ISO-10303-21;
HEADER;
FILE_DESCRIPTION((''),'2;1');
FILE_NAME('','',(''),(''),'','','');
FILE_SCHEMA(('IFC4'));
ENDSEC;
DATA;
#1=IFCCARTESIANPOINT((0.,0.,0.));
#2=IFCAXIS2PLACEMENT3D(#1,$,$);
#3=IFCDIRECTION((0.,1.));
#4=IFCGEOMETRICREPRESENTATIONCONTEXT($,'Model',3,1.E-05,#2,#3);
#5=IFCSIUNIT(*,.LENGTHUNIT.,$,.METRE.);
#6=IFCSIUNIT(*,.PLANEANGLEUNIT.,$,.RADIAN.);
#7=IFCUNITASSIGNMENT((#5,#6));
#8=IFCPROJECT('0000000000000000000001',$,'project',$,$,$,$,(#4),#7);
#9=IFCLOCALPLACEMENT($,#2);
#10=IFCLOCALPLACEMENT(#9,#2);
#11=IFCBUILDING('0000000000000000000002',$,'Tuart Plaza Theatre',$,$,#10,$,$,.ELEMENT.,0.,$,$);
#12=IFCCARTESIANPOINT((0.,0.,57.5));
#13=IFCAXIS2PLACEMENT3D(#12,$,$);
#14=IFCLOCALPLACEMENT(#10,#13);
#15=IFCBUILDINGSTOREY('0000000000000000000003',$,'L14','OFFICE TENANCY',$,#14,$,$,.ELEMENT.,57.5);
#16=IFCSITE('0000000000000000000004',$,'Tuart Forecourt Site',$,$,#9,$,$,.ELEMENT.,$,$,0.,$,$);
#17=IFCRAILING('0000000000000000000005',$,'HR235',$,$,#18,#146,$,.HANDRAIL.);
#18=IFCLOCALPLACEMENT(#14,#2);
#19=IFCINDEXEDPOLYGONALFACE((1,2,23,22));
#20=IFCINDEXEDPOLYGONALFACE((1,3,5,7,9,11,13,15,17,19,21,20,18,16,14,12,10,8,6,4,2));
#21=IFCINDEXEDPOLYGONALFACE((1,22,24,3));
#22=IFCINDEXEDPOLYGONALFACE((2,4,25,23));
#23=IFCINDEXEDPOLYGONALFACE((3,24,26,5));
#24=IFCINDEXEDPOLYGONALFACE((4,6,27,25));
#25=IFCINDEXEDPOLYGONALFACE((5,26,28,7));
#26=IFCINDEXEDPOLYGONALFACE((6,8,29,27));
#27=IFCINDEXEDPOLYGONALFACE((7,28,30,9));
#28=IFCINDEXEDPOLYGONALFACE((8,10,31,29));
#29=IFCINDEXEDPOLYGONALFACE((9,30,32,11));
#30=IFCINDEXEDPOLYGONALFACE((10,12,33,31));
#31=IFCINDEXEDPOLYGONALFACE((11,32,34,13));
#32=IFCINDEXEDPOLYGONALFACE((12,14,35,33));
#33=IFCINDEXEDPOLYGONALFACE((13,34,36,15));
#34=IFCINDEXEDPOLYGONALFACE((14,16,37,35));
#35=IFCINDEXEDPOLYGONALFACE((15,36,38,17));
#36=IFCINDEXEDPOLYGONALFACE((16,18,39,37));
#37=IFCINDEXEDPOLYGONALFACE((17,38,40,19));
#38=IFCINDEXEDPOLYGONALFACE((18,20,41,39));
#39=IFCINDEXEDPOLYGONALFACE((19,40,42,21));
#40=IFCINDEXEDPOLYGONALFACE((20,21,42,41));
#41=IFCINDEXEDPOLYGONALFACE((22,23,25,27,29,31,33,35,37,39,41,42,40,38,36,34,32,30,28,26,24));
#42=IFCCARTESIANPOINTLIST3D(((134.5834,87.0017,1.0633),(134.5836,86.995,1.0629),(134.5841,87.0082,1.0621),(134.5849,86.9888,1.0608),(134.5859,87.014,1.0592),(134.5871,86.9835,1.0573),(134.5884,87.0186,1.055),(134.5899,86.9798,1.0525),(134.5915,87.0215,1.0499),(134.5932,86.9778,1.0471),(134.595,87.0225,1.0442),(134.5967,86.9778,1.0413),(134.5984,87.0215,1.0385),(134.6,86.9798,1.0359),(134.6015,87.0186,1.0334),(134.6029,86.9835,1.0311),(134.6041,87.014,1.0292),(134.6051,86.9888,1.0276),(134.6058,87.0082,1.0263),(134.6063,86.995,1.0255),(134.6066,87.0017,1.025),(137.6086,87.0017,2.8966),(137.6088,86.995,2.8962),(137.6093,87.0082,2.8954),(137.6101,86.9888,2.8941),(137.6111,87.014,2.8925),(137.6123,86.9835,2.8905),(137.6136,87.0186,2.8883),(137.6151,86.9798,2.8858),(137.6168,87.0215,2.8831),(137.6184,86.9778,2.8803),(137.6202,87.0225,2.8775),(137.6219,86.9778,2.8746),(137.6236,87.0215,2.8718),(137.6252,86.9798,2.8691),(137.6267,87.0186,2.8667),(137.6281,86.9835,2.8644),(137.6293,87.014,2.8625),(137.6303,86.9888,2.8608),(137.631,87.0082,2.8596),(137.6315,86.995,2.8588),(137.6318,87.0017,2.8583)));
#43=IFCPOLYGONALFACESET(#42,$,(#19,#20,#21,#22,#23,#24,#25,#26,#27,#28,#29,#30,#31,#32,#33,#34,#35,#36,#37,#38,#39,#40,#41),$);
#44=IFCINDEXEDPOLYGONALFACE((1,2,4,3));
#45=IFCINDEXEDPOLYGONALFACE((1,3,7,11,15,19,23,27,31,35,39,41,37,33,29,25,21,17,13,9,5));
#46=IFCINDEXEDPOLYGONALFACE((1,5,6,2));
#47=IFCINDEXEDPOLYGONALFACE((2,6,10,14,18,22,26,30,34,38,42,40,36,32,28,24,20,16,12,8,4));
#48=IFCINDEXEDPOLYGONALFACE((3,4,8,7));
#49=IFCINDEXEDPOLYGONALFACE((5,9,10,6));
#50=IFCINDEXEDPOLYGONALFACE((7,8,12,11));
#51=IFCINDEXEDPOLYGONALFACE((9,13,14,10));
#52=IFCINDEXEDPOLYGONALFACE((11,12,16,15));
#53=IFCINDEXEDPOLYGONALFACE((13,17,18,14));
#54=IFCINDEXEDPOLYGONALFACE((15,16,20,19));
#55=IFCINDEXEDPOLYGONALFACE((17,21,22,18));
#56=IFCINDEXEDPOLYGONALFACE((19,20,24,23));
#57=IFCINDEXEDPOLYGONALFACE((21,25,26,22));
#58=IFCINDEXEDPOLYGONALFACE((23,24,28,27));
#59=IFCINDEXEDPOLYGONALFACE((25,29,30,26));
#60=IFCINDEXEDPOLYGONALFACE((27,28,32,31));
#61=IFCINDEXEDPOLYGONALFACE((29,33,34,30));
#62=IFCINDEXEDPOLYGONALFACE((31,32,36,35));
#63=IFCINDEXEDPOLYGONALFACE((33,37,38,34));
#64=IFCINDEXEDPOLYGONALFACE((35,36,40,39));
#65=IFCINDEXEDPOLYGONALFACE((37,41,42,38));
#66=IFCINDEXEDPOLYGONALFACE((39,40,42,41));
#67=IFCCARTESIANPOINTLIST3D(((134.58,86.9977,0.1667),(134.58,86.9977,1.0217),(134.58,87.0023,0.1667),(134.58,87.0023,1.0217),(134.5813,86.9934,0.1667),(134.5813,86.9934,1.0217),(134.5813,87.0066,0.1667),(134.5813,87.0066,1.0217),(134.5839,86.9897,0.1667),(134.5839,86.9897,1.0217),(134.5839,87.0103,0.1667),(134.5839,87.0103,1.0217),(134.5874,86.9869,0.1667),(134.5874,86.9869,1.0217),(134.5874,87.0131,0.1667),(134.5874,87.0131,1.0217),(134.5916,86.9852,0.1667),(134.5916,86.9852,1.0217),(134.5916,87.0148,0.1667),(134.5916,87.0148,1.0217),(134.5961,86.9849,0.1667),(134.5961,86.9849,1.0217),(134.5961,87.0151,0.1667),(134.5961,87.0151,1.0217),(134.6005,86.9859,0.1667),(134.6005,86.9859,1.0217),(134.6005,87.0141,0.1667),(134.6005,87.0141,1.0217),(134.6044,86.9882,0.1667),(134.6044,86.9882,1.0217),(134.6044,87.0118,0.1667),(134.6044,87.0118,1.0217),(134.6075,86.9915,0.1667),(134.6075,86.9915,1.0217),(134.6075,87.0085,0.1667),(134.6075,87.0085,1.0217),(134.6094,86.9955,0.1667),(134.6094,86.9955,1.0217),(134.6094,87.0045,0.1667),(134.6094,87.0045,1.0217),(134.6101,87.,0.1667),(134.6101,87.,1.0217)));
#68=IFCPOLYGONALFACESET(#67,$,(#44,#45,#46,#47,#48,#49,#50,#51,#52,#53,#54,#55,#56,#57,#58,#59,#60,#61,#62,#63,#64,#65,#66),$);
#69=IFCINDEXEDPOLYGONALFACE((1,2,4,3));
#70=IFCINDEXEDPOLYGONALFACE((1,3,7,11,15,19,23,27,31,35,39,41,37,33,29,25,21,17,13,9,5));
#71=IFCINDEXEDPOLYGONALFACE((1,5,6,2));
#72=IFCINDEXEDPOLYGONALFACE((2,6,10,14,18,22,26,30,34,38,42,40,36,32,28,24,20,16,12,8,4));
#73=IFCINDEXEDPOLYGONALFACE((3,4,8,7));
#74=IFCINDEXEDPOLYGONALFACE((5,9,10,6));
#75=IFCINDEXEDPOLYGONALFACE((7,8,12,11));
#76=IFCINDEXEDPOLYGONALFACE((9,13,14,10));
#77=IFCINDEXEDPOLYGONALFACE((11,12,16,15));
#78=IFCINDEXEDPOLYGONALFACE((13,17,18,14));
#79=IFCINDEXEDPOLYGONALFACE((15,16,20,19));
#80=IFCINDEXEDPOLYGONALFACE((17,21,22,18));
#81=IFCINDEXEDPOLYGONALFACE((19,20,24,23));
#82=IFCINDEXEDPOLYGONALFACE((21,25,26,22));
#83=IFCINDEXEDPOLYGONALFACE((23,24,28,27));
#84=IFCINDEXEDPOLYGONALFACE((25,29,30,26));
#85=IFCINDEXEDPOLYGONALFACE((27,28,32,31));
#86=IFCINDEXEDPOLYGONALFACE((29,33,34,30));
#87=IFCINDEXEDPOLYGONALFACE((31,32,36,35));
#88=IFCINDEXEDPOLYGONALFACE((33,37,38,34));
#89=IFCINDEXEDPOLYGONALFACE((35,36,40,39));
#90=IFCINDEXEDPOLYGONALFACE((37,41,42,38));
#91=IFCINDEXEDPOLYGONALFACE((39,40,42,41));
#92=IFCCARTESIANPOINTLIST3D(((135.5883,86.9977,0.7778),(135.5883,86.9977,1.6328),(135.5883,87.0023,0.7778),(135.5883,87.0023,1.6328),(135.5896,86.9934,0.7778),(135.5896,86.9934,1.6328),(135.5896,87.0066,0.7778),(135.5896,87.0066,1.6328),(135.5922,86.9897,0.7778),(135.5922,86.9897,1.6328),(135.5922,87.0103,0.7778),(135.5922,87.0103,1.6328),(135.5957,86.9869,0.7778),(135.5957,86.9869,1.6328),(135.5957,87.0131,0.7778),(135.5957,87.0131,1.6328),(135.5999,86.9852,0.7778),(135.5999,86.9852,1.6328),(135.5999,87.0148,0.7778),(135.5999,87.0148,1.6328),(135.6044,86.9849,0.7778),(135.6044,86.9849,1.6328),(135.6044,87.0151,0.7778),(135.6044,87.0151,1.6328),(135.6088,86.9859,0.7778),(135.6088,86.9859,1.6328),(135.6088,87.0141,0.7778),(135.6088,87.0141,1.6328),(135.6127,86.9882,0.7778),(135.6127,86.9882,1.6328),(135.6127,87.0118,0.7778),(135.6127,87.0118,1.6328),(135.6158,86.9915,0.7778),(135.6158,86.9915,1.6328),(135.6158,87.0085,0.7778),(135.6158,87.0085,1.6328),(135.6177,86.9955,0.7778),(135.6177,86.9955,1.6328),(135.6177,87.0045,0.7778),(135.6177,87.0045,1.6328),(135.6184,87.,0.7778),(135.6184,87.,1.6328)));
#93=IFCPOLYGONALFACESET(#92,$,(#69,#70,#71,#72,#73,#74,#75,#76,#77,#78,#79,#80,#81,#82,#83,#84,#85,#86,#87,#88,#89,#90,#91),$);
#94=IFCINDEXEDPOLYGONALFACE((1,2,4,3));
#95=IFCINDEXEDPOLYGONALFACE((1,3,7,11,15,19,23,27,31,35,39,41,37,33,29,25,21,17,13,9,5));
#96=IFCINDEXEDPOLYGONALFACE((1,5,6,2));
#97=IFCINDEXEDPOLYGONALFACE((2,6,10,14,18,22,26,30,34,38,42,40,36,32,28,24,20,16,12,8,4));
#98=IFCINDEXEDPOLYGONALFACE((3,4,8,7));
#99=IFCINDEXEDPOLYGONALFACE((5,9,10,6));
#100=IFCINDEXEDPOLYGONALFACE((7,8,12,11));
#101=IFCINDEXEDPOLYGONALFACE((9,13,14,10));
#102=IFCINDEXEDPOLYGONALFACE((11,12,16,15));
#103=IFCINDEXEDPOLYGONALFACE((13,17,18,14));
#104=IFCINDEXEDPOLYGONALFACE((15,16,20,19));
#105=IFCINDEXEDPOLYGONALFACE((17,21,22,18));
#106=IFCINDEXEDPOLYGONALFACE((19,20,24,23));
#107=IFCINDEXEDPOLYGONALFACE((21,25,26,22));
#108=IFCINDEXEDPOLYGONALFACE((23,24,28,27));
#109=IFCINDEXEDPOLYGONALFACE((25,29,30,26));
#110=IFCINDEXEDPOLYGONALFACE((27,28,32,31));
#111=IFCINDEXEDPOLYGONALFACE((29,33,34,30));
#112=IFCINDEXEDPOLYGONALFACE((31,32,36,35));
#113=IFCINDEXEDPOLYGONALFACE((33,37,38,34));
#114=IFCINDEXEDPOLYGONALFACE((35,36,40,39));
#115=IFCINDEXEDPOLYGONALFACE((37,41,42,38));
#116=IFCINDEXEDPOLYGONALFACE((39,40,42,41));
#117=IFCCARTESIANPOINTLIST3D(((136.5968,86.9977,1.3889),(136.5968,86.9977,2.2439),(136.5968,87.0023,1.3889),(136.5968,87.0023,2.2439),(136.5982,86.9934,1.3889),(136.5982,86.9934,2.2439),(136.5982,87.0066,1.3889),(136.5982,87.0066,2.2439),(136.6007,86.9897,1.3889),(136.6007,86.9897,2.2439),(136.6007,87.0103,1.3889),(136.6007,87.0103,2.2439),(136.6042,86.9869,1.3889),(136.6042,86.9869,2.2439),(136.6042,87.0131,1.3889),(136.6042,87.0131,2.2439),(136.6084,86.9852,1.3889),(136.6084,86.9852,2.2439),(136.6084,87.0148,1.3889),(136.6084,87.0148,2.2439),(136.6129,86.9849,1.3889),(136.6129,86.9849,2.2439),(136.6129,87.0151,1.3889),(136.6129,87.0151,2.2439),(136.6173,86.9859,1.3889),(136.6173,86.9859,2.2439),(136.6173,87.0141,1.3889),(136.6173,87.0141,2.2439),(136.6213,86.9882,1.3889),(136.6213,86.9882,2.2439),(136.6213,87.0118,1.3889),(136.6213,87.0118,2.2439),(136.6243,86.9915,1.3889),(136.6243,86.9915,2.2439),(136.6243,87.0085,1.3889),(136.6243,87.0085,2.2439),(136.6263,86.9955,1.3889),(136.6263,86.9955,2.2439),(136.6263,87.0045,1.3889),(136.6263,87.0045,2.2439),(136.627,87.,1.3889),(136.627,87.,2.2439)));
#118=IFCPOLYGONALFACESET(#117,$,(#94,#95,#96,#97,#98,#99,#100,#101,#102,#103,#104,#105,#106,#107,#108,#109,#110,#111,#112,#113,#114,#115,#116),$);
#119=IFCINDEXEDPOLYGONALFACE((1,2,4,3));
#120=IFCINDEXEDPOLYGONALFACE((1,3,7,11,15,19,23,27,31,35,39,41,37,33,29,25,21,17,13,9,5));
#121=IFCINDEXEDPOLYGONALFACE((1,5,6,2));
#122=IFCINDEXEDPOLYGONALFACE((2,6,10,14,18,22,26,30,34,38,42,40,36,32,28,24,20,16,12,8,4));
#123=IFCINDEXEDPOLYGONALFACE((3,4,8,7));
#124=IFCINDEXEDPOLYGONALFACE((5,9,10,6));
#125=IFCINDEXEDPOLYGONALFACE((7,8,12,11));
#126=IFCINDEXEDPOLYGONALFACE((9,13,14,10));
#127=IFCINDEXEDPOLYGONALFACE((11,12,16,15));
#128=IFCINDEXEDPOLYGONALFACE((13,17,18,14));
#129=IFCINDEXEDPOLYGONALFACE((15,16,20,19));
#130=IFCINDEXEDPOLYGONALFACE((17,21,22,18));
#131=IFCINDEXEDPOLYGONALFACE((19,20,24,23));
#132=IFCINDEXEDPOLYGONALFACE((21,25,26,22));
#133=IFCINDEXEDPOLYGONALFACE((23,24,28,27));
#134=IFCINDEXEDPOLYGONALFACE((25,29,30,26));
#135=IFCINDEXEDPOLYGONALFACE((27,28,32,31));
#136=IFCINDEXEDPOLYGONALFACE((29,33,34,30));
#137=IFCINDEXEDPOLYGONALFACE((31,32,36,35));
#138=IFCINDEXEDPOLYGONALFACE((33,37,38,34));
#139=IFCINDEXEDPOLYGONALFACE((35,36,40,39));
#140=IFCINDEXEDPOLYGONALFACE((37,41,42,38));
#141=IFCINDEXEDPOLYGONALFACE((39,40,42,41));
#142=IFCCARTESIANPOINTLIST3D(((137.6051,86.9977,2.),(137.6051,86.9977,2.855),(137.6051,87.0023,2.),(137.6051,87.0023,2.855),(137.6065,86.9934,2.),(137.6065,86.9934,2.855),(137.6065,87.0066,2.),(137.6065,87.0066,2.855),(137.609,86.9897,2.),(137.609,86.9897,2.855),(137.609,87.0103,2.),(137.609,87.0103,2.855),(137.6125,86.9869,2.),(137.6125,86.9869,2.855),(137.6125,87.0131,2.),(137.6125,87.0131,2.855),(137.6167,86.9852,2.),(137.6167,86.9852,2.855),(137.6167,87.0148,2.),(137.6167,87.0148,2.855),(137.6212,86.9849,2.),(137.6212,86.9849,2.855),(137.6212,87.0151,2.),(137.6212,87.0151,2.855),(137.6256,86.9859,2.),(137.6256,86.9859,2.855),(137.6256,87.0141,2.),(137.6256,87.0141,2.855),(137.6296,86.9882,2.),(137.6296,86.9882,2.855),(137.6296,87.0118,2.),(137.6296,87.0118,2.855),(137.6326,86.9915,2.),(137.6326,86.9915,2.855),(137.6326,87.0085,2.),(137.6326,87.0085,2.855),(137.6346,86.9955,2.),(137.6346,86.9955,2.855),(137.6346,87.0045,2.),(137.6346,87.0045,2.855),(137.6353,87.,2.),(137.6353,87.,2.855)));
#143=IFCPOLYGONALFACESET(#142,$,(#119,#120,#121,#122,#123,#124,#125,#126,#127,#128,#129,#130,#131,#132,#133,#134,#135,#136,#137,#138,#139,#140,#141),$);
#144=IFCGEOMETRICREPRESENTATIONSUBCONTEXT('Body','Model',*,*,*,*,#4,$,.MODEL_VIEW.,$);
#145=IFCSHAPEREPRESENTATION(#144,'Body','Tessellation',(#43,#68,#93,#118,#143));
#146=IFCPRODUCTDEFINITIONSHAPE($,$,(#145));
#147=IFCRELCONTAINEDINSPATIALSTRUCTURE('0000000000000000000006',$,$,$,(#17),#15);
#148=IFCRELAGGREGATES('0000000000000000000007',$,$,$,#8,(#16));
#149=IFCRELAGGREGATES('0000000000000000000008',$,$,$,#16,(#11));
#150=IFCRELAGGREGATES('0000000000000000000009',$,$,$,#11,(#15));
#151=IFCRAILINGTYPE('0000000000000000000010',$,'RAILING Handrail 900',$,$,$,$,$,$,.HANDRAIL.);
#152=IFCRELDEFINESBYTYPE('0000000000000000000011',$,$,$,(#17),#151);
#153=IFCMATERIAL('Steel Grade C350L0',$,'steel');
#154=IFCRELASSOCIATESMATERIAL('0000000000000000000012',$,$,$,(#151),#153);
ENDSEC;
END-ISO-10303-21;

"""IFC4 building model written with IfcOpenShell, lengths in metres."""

from ifc_helpers import new_model, si_unit, direction, frame, origin, origin_2d, place, context, subcontext, project, spatial, circle, extrude, material, type_object, element, save


model = new_model("IFC4")

# Units and contexts
model_context = context("Model", 3, precision=1e-05, world=origin(), true_north=direction((0.0, 1.0)))
body_context = subcontext(model_context, "Body", "Model", "MODEL_VIEW")
ifc_project = project(units=[si_unit("LENGTHUNIT", "METRE"), si_unit("PLANEANGLEUNIT", "RADIAN")], contexts=[model_context])

# Site, building, storey
site_placement = place(None, origin())
site = spatial("IfcSite", under=ifc_project, at=site_placement, Name="Tuart Forecourt Site", CompositionType="ELEMENT", RefElevation=0.0)
building_placement = place(site_placement, origin())
building = spatial("IfcBuilding", under=site, at=building_placement, Name="Tuart Plaza Theatre", CompositionType="ELEMENT", ElevationOfRefHeight=0.0)
storey_placement = place(building_placement, frame((0.0, 0.0, 57.5)))
storey = spatial("IfcBuildingStorey", under=building, at=storey_placement, Name="L14", Description="OFFICE TENANCY", CompositionType="ELEMENT", Elevation=57.5)

# Railing
ifc_material_1 = material(Name="Steel Grade C350L0", Category="steel")
railing_type_1 = type_object("IfcRailingType", Name="RAILING Handrail 900", PredefinedType="HANDRAIL", material=ifc_material_1)
for number, where, name in (
    (1, (134.595, 87.0, 0.1667), "HR235"),
):
    element("IfcRailing", number, at=place(storey_placement, frame(where)), inside=storey, type_object=railing_type_1, Name=name, PredefinedType="HANDRAIL", context=body_context, shape_type="SweptSolid", body=[
        extrude(circle(Radius=0.0225, at=origin_2d()), frame((0.0, 0.0, 0.8774), z_axis=(0.855219, 0.0, 0.518267), x_axis=(0.0, 1.0, 0.0)), (0.0, 0.0, 1.0), 3.5374),
        extrude(circle(Radius=0.0151, at=origin_2d()), origin(), (0.0, 0.0, 1.0), 0.855),
        extrude(circle(Radius=0.0151, at=origin_2d()), frame((1.0083, 0.0, 0.6111)), (0.0, 0.0, 1.0), 0.855),
        extrude(circle(Radius=0.0151, at=origin_2d()), frame((2.0168, 0.0, 1.2222)), (0.0, 0.0, 1.0), 0.855),
        extrude(circle(Radius=0.0151, at=origin_2d()), frame((3.0251, 0.0, 1.8333)), (0.0, 0.0, 1.0), 0.855),
    ])

save(model, "model.ifc")
